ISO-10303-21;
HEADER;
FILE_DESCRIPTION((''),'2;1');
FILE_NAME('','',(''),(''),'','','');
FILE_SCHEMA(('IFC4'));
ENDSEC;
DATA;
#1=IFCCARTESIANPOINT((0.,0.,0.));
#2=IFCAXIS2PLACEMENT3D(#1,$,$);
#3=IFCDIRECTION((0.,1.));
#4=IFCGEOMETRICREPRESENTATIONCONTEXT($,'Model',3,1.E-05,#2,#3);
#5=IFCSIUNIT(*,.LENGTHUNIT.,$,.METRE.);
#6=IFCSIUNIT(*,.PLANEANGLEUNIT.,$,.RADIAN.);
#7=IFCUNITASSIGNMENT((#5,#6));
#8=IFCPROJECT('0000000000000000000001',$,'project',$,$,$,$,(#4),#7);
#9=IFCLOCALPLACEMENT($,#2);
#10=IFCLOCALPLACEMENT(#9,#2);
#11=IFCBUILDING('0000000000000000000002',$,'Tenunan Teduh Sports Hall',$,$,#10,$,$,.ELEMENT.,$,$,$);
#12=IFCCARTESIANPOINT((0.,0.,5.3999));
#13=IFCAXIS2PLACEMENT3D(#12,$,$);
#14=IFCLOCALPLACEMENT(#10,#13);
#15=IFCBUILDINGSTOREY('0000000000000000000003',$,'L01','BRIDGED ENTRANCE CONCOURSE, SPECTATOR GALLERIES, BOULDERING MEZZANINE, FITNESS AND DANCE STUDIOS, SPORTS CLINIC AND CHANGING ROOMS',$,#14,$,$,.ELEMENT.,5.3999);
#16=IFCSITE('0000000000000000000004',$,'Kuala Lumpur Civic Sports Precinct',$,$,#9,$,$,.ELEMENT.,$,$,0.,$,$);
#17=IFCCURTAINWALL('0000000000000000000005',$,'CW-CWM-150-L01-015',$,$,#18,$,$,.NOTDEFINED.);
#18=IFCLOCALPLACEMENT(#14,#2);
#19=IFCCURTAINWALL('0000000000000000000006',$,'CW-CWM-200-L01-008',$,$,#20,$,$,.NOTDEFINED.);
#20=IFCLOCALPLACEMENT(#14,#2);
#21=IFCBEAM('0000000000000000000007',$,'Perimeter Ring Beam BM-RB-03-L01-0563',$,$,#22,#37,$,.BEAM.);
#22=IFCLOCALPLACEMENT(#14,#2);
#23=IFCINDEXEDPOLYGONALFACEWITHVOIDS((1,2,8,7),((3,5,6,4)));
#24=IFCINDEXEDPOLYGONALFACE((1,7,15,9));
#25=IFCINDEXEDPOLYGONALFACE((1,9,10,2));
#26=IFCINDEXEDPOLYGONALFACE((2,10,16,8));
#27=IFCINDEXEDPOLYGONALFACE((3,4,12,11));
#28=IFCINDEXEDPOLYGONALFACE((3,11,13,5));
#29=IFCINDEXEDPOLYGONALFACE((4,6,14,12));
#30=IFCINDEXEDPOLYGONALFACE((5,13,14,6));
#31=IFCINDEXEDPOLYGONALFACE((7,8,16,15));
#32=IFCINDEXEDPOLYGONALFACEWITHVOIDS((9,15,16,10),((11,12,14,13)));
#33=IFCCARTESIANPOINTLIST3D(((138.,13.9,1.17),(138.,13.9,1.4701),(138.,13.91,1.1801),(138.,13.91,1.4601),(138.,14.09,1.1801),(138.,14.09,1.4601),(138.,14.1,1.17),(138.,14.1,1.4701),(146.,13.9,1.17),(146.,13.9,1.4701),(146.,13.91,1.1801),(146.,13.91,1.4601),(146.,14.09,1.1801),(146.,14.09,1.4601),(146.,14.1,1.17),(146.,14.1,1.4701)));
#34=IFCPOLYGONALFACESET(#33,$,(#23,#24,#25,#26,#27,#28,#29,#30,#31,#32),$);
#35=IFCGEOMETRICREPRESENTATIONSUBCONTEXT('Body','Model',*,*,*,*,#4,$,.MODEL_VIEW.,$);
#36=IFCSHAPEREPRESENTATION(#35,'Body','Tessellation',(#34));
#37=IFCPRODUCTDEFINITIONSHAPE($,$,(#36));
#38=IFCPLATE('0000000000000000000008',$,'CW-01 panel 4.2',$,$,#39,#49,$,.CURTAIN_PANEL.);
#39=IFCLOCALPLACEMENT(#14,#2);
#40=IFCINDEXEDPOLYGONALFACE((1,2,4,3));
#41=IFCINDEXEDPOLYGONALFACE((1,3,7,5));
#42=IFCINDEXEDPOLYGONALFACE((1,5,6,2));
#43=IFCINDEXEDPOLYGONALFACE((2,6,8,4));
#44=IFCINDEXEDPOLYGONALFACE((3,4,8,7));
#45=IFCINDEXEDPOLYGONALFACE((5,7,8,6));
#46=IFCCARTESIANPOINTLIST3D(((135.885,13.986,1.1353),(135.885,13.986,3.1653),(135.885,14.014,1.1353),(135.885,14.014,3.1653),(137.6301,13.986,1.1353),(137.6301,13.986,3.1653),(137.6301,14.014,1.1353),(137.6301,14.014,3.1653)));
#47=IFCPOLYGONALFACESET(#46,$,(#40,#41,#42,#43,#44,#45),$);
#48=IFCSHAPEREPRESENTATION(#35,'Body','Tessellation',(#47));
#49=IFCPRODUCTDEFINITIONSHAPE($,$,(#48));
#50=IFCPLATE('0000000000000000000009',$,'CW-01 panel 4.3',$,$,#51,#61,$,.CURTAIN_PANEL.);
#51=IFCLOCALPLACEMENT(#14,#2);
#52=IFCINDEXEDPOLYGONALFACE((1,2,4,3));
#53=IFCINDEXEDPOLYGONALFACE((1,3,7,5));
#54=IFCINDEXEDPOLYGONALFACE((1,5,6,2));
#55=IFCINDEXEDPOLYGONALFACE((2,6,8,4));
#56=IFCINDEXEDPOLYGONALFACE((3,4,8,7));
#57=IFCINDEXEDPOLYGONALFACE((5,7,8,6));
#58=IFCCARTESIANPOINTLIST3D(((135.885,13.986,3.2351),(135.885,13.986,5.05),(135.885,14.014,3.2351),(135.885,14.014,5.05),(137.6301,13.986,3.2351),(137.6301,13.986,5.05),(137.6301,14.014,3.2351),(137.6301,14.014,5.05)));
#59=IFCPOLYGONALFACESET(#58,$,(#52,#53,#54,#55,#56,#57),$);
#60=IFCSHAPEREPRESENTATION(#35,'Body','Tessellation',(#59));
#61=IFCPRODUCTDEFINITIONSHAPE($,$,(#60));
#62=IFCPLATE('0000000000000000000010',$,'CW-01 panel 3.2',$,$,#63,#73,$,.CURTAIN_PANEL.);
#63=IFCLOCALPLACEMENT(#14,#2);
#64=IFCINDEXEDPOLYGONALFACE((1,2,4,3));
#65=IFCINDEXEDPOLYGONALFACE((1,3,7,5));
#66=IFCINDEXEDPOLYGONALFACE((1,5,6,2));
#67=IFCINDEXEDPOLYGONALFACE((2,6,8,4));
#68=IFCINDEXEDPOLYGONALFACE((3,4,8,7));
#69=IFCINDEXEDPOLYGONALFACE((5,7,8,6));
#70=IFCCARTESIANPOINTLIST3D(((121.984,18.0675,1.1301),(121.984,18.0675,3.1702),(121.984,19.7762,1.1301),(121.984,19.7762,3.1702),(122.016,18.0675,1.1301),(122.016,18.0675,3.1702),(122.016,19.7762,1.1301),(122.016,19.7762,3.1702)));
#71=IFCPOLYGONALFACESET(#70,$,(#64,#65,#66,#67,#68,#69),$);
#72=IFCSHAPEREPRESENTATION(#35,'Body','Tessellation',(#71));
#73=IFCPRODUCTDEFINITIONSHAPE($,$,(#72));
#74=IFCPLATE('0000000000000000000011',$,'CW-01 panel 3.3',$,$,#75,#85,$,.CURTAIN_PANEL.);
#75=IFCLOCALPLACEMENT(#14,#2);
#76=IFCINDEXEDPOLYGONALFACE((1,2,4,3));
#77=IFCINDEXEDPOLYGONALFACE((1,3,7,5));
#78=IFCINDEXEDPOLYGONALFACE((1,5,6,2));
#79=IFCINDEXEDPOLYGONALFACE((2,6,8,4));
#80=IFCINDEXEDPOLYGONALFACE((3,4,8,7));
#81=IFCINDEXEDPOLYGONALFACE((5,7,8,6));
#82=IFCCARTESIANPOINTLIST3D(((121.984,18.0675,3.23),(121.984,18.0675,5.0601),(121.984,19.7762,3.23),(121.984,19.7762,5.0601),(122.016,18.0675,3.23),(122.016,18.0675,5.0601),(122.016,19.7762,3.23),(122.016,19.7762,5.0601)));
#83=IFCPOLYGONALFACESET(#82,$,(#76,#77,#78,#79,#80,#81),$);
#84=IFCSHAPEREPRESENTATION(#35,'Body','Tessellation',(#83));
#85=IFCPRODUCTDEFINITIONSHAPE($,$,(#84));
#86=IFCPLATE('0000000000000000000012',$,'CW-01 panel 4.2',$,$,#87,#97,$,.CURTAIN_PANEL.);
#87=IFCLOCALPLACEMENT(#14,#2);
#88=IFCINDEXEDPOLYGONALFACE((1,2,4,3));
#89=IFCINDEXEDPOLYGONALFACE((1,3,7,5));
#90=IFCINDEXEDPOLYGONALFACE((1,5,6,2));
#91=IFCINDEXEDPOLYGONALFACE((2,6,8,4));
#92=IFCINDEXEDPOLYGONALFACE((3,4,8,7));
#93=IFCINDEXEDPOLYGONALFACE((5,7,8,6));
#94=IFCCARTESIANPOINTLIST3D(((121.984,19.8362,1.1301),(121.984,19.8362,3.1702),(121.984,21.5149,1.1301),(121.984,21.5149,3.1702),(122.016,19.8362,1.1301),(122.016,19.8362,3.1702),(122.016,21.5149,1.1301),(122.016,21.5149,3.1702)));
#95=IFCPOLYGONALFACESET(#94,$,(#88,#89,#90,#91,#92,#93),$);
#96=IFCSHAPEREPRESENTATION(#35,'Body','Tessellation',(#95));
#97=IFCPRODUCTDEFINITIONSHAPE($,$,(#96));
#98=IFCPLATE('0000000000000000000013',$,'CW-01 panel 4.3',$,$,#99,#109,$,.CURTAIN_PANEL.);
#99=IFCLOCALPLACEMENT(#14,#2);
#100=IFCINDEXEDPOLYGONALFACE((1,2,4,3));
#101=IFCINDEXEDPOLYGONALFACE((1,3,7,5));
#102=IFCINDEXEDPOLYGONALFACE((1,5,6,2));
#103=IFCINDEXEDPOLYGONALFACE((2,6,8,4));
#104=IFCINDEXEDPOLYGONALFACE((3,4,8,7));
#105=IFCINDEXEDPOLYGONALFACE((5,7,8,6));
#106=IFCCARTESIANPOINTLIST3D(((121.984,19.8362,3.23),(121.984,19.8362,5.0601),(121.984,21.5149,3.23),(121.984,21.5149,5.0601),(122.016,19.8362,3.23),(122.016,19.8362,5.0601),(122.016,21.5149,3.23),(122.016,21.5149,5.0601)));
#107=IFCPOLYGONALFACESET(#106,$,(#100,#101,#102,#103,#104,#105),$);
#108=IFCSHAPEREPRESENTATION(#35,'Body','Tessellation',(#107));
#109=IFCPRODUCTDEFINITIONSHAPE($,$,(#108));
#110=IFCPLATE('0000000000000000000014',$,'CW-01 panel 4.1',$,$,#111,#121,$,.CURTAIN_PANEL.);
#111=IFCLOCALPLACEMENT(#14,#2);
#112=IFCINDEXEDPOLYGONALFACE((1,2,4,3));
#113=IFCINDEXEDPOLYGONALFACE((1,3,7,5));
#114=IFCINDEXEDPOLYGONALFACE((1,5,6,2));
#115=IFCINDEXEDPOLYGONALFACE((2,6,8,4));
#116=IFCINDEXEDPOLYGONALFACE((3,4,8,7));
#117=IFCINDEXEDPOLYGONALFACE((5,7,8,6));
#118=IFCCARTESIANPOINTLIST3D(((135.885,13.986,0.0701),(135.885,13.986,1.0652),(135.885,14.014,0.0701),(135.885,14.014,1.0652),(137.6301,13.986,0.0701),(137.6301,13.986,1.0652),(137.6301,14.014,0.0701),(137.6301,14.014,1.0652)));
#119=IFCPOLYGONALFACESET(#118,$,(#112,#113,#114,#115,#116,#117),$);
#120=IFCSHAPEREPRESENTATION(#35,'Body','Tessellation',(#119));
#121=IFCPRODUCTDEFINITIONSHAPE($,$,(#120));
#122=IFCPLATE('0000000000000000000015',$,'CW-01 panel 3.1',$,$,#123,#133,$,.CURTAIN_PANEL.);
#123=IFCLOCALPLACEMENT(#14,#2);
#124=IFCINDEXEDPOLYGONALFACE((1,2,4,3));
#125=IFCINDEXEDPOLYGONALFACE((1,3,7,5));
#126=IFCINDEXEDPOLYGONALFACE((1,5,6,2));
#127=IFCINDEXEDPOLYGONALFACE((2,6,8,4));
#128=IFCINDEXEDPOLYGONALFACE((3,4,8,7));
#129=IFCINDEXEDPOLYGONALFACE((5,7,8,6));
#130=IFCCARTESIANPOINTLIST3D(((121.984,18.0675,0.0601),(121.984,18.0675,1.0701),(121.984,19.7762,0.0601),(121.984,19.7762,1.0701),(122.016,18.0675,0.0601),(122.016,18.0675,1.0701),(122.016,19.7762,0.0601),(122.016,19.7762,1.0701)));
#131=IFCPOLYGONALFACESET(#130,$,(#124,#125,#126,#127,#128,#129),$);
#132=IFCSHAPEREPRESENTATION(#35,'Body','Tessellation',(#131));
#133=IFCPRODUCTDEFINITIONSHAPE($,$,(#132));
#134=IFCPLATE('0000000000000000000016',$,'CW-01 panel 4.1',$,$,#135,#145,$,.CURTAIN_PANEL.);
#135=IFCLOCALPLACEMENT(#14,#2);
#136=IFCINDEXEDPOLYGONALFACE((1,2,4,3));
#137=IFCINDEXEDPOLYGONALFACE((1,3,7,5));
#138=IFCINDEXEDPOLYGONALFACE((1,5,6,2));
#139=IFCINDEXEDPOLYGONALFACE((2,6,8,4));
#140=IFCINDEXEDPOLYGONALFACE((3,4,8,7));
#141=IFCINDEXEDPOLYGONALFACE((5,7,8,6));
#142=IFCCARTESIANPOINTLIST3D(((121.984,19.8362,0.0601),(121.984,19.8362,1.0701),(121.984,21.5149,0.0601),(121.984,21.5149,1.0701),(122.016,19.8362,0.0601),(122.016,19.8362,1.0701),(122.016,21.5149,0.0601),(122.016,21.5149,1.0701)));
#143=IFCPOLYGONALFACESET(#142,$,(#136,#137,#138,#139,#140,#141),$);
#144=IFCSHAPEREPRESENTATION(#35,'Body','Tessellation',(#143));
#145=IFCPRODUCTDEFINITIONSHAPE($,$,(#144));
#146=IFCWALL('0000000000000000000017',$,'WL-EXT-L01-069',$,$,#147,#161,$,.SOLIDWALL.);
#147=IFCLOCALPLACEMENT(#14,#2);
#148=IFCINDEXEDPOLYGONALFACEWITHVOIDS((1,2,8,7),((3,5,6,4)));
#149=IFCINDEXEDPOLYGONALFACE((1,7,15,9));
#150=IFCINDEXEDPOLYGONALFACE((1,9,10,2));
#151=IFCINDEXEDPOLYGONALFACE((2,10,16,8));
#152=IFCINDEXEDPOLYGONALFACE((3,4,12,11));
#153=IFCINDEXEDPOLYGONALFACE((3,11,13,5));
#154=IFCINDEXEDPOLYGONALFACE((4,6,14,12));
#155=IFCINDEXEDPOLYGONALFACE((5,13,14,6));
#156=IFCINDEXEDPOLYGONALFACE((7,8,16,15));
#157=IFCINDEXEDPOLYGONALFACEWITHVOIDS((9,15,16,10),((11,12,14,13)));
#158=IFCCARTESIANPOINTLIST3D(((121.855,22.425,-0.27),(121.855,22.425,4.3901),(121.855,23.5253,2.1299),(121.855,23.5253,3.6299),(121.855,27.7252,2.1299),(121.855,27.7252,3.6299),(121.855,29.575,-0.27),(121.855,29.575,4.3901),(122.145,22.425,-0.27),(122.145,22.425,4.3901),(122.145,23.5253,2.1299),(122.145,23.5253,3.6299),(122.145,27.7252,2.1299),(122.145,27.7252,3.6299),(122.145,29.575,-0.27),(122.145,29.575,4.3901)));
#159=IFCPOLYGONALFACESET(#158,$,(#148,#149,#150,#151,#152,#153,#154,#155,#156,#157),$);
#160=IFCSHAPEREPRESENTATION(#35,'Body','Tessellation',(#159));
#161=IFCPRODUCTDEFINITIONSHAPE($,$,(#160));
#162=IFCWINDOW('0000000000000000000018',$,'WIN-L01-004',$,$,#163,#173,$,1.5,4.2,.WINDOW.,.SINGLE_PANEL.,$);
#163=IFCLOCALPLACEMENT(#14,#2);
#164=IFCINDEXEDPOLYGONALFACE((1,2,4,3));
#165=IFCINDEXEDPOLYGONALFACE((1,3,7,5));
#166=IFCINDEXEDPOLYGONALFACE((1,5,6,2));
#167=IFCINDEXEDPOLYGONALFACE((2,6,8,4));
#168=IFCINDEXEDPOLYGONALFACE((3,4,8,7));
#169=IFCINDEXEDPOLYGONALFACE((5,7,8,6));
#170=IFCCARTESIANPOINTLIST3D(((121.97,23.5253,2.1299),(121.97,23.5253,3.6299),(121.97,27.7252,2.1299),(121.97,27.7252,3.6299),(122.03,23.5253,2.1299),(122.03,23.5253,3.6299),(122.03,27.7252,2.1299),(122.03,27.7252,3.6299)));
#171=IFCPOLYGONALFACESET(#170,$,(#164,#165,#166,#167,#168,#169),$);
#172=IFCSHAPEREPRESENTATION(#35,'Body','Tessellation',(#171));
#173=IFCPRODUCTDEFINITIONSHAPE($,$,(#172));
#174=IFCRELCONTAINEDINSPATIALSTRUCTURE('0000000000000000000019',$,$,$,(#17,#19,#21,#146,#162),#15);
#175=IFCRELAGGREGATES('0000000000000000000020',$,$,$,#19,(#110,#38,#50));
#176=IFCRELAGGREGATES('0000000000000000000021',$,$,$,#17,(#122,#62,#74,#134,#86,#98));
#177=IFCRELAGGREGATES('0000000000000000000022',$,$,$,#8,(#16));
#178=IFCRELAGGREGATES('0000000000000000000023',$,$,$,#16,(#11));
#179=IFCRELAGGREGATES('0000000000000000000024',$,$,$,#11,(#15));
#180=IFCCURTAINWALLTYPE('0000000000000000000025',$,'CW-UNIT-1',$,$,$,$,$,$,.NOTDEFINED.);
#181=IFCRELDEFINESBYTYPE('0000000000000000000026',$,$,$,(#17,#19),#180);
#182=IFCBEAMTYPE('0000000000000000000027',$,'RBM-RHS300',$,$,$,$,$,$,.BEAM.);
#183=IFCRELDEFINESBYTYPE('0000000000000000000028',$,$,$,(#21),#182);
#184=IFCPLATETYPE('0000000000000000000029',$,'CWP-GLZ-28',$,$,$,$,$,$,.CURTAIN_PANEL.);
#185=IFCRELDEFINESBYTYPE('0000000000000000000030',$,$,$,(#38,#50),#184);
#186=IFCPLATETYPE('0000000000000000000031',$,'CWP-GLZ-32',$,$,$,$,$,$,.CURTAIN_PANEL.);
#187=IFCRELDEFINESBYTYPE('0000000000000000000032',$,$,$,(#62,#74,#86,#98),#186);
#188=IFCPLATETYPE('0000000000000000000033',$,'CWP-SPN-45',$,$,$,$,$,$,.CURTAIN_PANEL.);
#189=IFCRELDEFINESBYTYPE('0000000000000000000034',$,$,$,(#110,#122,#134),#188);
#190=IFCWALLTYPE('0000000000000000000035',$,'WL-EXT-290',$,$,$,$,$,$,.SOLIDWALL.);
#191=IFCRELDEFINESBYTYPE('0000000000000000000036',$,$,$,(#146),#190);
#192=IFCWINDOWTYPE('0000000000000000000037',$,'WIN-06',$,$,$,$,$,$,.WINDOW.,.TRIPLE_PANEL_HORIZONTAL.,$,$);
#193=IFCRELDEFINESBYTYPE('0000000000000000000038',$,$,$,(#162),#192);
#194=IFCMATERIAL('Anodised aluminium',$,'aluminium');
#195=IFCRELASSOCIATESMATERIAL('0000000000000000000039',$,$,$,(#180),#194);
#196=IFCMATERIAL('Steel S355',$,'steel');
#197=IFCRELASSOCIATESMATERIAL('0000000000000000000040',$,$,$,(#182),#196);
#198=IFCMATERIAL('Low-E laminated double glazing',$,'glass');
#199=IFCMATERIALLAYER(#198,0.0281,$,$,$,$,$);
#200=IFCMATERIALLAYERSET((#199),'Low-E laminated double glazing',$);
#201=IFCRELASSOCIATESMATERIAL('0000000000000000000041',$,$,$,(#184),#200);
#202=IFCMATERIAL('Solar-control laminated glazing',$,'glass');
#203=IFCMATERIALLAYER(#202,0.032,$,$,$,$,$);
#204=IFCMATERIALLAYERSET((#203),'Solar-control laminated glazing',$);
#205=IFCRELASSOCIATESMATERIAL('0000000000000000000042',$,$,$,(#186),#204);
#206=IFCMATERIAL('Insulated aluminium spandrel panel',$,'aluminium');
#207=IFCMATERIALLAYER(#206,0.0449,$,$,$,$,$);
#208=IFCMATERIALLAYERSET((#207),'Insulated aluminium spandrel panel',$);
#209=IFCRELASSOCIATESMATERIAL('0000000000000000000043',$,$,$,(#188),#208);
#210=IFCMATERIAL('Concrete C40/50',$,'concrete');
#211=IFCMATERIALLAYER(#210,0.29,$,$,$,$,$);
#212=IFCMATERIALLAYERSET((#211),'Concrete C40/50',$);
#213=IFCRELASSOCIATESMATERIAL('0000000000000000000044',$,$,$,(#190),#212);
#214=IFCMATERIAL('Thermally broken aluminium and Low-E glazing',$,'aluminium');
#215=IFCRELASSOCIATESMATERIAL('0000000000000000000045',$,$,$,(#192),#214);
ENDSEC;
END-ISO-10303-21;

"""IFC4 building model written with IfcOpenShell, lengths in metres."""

from ifc_helpers import new_model, si_unit, direction, frame, frame_2d, origin, origin_2d, place, context, subcontext, project, spatial, rectangle, hollow_rectangle, extrude, material, layer, layer_set, material_profile, profile_set, type_object, element, fill, aggregate, save


model = new_model("IFC4")

# Units and contexts
model_context = context("Model", 3, precision=1e-05, world=origin(), true_north=direction((0.0, 1.0)))
body_context = subcontext(model_context, "Body", "Model", "MODEL_VIEW")
ifc_project = project(units=[si_unit("LENGTHUNIT", "METRE"), si_unit("PLANEANGLEUNIT", "RADIAN")], contexts=[model_context])

# Site, building, storey
site_placement = place(None, origin())
site = spatial("IfcSite", under=ifc_project, at=site_placement, Name="Kuala Lumpur Civic Sports Precinct", CompositionType="ELEMENT", RefElevation=0.0)
building_placement = place(site_placement, origin())
building = spatial("IfcBuilding", under=site, at=building_placement, Name="Tenunan Teduh Sports Hall", CompositionType="ELEMENT")
storey_placement = place(building_placement, frame((0.0, 0.0, 5.3999)))
storey = spatial("IfcBuildingStorey", under=building, at=storey_placement, Name="L01", Description="BRIDGED ENTRANCE CONCOURSE, SPECTATOR GALLERIES, BOULDERING MEZZANINE, FITNESS AND DANCE STUDIOS, SPORTS CLINIC AND CHANGING ROOMS", CompositionType="ELEMENT", Elevation=5.3999)

# Curtain wall
ifc_material_1 = material(Name="Anodised aluminium", Category="aluminium")
curtain_wall_type = type_object("IfcCurtainWallType", Name="CW-UNIT-1", PredefinedType="NOTDEFINED", material=ifc_material_1)
curtain_wall_1_placement = place(storey_placement, origin())
curtain_wall_1 = element("IfcCurtainWall", 1, at=curtain_wall_1_placement, inside=storey, type_object=curtain_wall_type, Name="CW-CWM-150-L01-015", PredefinedType="NOTDEFINED")

# Curtain wall
curtain_wall_2_placement = place(storey_placement, origin())
curtain_wall_2 = element("IfcCurtainWall", 2, at=curtain_wall_2_placement, inside=storey, type_object=curtain_wall_type, Name="CW-CWM-200-L01-008", PredefinedType="NOTDEFINED")

# Beam
ifc_material_2 = material(Name="Steel S355", Category="steel")
ifc_material_profile_1 = material_profile(ifc_material_2, hollow_rectangle(XDim=0.2, YDim=0.3, WallThickness=0.01, at=origin_2d()), Name="RHS 300x200x10.0")
ifc_profile_set_1 = profile_set([ifc_material_profile_1], Name="Steel S355")
beam_type_1 = type_object("IfcBeamType", Name="RBM-RHS300", PredefinedType="BEAM", material=ifc_profile_set_1)
beam_1_placement = place(storey_placement, frame((138.0, 14.0, 1.3201), z_axis=(1.0, 0.0, 0.0), x_axis=(0.0, 1.0, 0.0)))
element("IfcBeam", 3, at=beam_1_placement, inside=storey, type_object=beam_type_1, Name="Perimeter Ring Beam BM-RB-03-L01-0563", PredefinedType="BEAM", context=body_context, shape_type="SweptSolid", body=[
    extrude(hollow_rectangle(XDim=0.2, YDim=0.3, WallThickness=0.01, at=origin_2d()), origin(), (0.0, 0.0, 1.0), 8.0),
])

# Plates
ifc_material_3 = material(Name="Low-E laminated double glazing", Category="glass")
ifc_layer_1 = layer(ifc_material_3, 0.0281)
ifc_layer_set_1 = layer_set([ifc_layer_1], Name="Low-E laminated double glazing")
plate_type_1 = type_object("IfcPlateType", Name="CWP-GLZ-28", PredefinedType="CURTAIN_PANEL", material=ifc_layer_set_1)
plate_1_placement = place(storey_placement, frame((136.7576, 14.0, 1.1353), z_axis=(0.0, 0.0, 1.0), x_axis=(1.0, 0.0, 0.0)))
plate_1 = element("IfcPlate", 4, at=plate_1_placement, type_object=plate_type_1, Name="CW-01 panel 4.2", PredefinedType="CURTAIN_PANEL", context=body_context, shape_type="SweptSolid", body=[
    extrude(rectangle(XDim=1.7451, YDim=0.0281, at=origin_2d()), origin(), (0.0, 0.0, 1.0), 2.03),
])
plate_2_placement = place(storey_placement, frame((136.7576, 14.0, 3.2351), z_axis=(0.0, 0.0, 1.0), x_axis=(1.0, 0.0, 0.0)))
plate_2 = element("IfcPlate", 5, at=plate_2_placement, type_object=plate_type_1, Name="CW-01 panel 4.3", PredefinedType="CURTAIN_PANEL", context=body_context, shape_type="SweptSolid", body=[
    extrude(rectangle(XDim=1.7451, YDim=0.0281, at=origin_2d()), origin(), (0.0, 0.0, 1.0), 1.8149),
])
ifc_material_4 = material(Name="Solar-control laminated glazing", Category="glass")
ifc_layer_2 = layer(ifc_material_4, 0.032)
ifc_layer_set_2 = layer_set([ifc_layer_2], Name="Solar-control laminated glazing")
plate_type_2 = type_object("IfcPlateType", Name="CWP-GLZ-32", PredefinedType="CURTAIN_PANEL", material=ifc_layer_set_2)
plate_3_placement = place(storey_placement, frame((122.0, 18.9219, 1.1301), z_axis=(0.0, 0.0, 1.0), x_axis=(0.0, 1.0, 0.0)))
plate_3 = element("IfcPlate", 6, at=plate_3_placement, type_object=plate_type_2, Name="CW-01 panel 3.2", PredefinedType="CURTAIN_PANEL", context=body_context, shape_type="SweptSolid", body=[
    extrude(rectangle(XDim=1.7087, YDim=0.032, at=origin_2d()), origin(), (0.0, 0.0, 1.0), 2.04),
])
plate_4_placement = place(storey_placement, frame((122.0, 18.9219, 3.23), z_axis=(0.0, 0.0, 1.0), x_axis=(0.0, 1.0, 0.0)))
plate_4 = element("IfcPlate", 7, at=plate_4_placement, type_object=plate_type_2, Name="CW-01 panel 3.3", PredefinedType="CURTAIN_PANEL", context=body_context, shape_type="SweptSolid", body=[
    extrude(rectangle(XDim=1.7087, YDim=0.032, at=origin_2d()), origin(), (0.0, 0.0, 1.0), 1.8301),
])
plate_5_placement = place(storey_placement, frame((122.0, 20.6755, 1.1301), z_axis=(0.0, 0.0, 1.0), x_axis=(0.0, 1.0, 0.0)))
plate_5 = element("IfcPlate", 8, at=plate_5_placement, type_object=plate_type_2, Name="CW-01 panel 4.2", PredefinedType="CURTAIN_PANEL", context=body_context, shape_type="SweptSolid", body=[
    extrude(rectangle(XDim=1.6787, YDim=0.032, at=origin_2d()), origin(), (0.0, 0.0, 1.0), 2.04),
])
plate_6_placement = place(storey_placement, frame((122.0, 20.6755, 3.23), z_axis=(0.0, 0.0, 1.0), x_axis=(0.0, 1.0, 0.0)))
plate_6 = element("IfcPlate", 9, at=plate_6_placement, type_object=plate_type_2, Name="CW-01 panel 4.3", PredefinedType="CURTAIN_PANEL", context=body_context, shape_type="SweptSolid", body=[
    extrude(rectangle(XDim=1.6787, YDim=0.032, at=origin_2d()), origin(), (0.0, 0.0, 1.0), 1.8301),
])
ifc_material_5 = material(Name="Insulated aluminium spandrel panel", Category="aluminium")
ifc_layer_3 = layer(ifc_material_5, 0.0449)
ifc_layer_set_3 = layer_set([ifc_layer_3], Name="Insulated aluminium spandrel panel")
plate_type_3 = type_object("IfcPlateType", Name="CWP-SPN-45", PredefinedType="CURTAIN_PANEL", material=ifc_layer_set_3)
plate_7_placement = place(storey_placement, frame((136.7576, 14.0, 0.0701), z_axis=(0.0, 0.0, 1.0), x_axis=(1.0, 0.0, 0.0)))
plate_7 = element("IfcPlate", 10, at=plate_7_placement, type_object=plate_type_3, Name="CW-01 panel 4.1", PredefinedType="CURTAIN_PANEL", context=body_context, shape_type="SweptSolid", body=[
    extrude(rectangle(XDim=1.7451, YDim=0.0281, at=origin_2d()), origin(), (0.0, 0.0, 1.0), 0.9951),
])
aggregate(curtain_wall_2, [plate_7, plate_1, plate_2])
plate_8_placement = place(storey_placement, frame((122.0, 18.9219, 0.0601), z_axis=(0.0, 0.0, 1.0), x_axis=(0.0, 1.0, 0.0)))
plate_8 = element("IfcPlate", 11, at=plate_8_placement, type_object=plate_type_3, Name="CW-01 panel 3.1", PredefinedType="CURTAIN_PANEL", context=body_context, shape_type="SweptSolid", body=[
    extrude(rectangle(XDim=1.7087, YDim=0.032, at=origin_2d()), origin(), (0.0, 0.0, 1.0), 1.01),
])
plate_9_placement = place(storey_placement, frame((122.0, 20.6755, 0.0601), z_axis=(0.0, 0.0, 1.0), x_axis=(0.0, 1.0, 0.0)))
plate_9 = element("IfcPlate", 12, at=plate_9_placement, type_object=plate_type_3, Name="CW-01 panel 4.1", PredefinedType="CURTAIN_PANEL", context=body_context, shape_type="SweptSolid", body=[
    extrude(rectangle(XDim=1.6787, YDim=0.032, at=origin_2d()), origin(), (0.0, 0.0, 1.0), 1.01),
])
aggregate(curtain_wall_1, [plate_8, plate_3, plate_4, plate_9, plate_5, plate_6])

# Wall, opening, window
ifc_material_6 = material(Name="Concrete C40/50", Category="concrete")
ifc_layer_4 = layer(ifc_material_6, 0.29)
ifc_layer_set_4 = layer_set([ifc_layer_4], Name="Concrete C40/50")
wall_type = type_object("IfcWallType", Name="WL-EXT-290", PredefinedType="SOLIDWALL", material=ifc_layer_set_4)
wall_placement = place(storey_placement, frame((122.0, 22.425, -0.27), z_axis=(0.0, 0.0, 1.0), x_axis=(0.0, 1.0, 0.0)))
wall = element("IfcWall", 13, at=wall_placement, inside=storey, type_object=wall_type, Name="WL-EXT-L01-069", PredefinedType="SOLIDWALL", context=body_context, shape_type="SweptSolid", body=[
    extrude(rectangle(XDim=7.1499, YDim=0.29, at=frame_2d((3.575, 0.0))), origin(), (0.0, 0.0, 1.0), 4.6602),
])
opening_placement = place(wall_placement, frame((1.1001, 0.0, 2.3999)))
opening = element("IfcOpeningElement", 14, at=opening_placement, cuts=wall, PredefinedType="OPENING", context=body_context, shape_type="SweptSolid", body=[
    extrude(rectangle(XDim=4.2, YDim=1.5, at=frame_2d((2.1001, 0.75))), frame((0.0, 0.155, 0.0), z_axis=(0.0, -1.0, 0.0), x_axis=(1.0, 0.0, 0.0)), (0.0, 0.0, 1.0), 0.3101),
])
ifc_material_7 = material(Name="Thermally broken aluminium and Low-E glazing", Category="aluminium")
window_type = type_object("IfcWindowType", Name="WIN-06", PartitioningType="TRIPLE_PANEL_HORIZONTAL", PredefinedType="WINDOW", material=ifc_material_7)
window_placement = place(opening_placement, origin())
window = element("IfcWindow", 15, at=window_placement, inside=storey, type_object=window_type, Name="WIN-L01-004", OverallHeight=1.5, OverallWidth=4.2, PartitioningType="SINGLE_PANEL", PredefinedType="WINDOW", context=body_context, shape_type="SweptSolid", body=[
    extrude(rectangle(XDim=4.2, YDim=1.5, at=frame_2d((2.1001, 0.75))), frame((0.0, 0.03, 0.0), z_axis=(0.0, -1.0, 0.0), x_axis=(1.0, 0.0, 0.0)), (0.0, 0.0, 1.0), 0.0601),
])
fill(opening, window)

save(model, "model.ifc")
